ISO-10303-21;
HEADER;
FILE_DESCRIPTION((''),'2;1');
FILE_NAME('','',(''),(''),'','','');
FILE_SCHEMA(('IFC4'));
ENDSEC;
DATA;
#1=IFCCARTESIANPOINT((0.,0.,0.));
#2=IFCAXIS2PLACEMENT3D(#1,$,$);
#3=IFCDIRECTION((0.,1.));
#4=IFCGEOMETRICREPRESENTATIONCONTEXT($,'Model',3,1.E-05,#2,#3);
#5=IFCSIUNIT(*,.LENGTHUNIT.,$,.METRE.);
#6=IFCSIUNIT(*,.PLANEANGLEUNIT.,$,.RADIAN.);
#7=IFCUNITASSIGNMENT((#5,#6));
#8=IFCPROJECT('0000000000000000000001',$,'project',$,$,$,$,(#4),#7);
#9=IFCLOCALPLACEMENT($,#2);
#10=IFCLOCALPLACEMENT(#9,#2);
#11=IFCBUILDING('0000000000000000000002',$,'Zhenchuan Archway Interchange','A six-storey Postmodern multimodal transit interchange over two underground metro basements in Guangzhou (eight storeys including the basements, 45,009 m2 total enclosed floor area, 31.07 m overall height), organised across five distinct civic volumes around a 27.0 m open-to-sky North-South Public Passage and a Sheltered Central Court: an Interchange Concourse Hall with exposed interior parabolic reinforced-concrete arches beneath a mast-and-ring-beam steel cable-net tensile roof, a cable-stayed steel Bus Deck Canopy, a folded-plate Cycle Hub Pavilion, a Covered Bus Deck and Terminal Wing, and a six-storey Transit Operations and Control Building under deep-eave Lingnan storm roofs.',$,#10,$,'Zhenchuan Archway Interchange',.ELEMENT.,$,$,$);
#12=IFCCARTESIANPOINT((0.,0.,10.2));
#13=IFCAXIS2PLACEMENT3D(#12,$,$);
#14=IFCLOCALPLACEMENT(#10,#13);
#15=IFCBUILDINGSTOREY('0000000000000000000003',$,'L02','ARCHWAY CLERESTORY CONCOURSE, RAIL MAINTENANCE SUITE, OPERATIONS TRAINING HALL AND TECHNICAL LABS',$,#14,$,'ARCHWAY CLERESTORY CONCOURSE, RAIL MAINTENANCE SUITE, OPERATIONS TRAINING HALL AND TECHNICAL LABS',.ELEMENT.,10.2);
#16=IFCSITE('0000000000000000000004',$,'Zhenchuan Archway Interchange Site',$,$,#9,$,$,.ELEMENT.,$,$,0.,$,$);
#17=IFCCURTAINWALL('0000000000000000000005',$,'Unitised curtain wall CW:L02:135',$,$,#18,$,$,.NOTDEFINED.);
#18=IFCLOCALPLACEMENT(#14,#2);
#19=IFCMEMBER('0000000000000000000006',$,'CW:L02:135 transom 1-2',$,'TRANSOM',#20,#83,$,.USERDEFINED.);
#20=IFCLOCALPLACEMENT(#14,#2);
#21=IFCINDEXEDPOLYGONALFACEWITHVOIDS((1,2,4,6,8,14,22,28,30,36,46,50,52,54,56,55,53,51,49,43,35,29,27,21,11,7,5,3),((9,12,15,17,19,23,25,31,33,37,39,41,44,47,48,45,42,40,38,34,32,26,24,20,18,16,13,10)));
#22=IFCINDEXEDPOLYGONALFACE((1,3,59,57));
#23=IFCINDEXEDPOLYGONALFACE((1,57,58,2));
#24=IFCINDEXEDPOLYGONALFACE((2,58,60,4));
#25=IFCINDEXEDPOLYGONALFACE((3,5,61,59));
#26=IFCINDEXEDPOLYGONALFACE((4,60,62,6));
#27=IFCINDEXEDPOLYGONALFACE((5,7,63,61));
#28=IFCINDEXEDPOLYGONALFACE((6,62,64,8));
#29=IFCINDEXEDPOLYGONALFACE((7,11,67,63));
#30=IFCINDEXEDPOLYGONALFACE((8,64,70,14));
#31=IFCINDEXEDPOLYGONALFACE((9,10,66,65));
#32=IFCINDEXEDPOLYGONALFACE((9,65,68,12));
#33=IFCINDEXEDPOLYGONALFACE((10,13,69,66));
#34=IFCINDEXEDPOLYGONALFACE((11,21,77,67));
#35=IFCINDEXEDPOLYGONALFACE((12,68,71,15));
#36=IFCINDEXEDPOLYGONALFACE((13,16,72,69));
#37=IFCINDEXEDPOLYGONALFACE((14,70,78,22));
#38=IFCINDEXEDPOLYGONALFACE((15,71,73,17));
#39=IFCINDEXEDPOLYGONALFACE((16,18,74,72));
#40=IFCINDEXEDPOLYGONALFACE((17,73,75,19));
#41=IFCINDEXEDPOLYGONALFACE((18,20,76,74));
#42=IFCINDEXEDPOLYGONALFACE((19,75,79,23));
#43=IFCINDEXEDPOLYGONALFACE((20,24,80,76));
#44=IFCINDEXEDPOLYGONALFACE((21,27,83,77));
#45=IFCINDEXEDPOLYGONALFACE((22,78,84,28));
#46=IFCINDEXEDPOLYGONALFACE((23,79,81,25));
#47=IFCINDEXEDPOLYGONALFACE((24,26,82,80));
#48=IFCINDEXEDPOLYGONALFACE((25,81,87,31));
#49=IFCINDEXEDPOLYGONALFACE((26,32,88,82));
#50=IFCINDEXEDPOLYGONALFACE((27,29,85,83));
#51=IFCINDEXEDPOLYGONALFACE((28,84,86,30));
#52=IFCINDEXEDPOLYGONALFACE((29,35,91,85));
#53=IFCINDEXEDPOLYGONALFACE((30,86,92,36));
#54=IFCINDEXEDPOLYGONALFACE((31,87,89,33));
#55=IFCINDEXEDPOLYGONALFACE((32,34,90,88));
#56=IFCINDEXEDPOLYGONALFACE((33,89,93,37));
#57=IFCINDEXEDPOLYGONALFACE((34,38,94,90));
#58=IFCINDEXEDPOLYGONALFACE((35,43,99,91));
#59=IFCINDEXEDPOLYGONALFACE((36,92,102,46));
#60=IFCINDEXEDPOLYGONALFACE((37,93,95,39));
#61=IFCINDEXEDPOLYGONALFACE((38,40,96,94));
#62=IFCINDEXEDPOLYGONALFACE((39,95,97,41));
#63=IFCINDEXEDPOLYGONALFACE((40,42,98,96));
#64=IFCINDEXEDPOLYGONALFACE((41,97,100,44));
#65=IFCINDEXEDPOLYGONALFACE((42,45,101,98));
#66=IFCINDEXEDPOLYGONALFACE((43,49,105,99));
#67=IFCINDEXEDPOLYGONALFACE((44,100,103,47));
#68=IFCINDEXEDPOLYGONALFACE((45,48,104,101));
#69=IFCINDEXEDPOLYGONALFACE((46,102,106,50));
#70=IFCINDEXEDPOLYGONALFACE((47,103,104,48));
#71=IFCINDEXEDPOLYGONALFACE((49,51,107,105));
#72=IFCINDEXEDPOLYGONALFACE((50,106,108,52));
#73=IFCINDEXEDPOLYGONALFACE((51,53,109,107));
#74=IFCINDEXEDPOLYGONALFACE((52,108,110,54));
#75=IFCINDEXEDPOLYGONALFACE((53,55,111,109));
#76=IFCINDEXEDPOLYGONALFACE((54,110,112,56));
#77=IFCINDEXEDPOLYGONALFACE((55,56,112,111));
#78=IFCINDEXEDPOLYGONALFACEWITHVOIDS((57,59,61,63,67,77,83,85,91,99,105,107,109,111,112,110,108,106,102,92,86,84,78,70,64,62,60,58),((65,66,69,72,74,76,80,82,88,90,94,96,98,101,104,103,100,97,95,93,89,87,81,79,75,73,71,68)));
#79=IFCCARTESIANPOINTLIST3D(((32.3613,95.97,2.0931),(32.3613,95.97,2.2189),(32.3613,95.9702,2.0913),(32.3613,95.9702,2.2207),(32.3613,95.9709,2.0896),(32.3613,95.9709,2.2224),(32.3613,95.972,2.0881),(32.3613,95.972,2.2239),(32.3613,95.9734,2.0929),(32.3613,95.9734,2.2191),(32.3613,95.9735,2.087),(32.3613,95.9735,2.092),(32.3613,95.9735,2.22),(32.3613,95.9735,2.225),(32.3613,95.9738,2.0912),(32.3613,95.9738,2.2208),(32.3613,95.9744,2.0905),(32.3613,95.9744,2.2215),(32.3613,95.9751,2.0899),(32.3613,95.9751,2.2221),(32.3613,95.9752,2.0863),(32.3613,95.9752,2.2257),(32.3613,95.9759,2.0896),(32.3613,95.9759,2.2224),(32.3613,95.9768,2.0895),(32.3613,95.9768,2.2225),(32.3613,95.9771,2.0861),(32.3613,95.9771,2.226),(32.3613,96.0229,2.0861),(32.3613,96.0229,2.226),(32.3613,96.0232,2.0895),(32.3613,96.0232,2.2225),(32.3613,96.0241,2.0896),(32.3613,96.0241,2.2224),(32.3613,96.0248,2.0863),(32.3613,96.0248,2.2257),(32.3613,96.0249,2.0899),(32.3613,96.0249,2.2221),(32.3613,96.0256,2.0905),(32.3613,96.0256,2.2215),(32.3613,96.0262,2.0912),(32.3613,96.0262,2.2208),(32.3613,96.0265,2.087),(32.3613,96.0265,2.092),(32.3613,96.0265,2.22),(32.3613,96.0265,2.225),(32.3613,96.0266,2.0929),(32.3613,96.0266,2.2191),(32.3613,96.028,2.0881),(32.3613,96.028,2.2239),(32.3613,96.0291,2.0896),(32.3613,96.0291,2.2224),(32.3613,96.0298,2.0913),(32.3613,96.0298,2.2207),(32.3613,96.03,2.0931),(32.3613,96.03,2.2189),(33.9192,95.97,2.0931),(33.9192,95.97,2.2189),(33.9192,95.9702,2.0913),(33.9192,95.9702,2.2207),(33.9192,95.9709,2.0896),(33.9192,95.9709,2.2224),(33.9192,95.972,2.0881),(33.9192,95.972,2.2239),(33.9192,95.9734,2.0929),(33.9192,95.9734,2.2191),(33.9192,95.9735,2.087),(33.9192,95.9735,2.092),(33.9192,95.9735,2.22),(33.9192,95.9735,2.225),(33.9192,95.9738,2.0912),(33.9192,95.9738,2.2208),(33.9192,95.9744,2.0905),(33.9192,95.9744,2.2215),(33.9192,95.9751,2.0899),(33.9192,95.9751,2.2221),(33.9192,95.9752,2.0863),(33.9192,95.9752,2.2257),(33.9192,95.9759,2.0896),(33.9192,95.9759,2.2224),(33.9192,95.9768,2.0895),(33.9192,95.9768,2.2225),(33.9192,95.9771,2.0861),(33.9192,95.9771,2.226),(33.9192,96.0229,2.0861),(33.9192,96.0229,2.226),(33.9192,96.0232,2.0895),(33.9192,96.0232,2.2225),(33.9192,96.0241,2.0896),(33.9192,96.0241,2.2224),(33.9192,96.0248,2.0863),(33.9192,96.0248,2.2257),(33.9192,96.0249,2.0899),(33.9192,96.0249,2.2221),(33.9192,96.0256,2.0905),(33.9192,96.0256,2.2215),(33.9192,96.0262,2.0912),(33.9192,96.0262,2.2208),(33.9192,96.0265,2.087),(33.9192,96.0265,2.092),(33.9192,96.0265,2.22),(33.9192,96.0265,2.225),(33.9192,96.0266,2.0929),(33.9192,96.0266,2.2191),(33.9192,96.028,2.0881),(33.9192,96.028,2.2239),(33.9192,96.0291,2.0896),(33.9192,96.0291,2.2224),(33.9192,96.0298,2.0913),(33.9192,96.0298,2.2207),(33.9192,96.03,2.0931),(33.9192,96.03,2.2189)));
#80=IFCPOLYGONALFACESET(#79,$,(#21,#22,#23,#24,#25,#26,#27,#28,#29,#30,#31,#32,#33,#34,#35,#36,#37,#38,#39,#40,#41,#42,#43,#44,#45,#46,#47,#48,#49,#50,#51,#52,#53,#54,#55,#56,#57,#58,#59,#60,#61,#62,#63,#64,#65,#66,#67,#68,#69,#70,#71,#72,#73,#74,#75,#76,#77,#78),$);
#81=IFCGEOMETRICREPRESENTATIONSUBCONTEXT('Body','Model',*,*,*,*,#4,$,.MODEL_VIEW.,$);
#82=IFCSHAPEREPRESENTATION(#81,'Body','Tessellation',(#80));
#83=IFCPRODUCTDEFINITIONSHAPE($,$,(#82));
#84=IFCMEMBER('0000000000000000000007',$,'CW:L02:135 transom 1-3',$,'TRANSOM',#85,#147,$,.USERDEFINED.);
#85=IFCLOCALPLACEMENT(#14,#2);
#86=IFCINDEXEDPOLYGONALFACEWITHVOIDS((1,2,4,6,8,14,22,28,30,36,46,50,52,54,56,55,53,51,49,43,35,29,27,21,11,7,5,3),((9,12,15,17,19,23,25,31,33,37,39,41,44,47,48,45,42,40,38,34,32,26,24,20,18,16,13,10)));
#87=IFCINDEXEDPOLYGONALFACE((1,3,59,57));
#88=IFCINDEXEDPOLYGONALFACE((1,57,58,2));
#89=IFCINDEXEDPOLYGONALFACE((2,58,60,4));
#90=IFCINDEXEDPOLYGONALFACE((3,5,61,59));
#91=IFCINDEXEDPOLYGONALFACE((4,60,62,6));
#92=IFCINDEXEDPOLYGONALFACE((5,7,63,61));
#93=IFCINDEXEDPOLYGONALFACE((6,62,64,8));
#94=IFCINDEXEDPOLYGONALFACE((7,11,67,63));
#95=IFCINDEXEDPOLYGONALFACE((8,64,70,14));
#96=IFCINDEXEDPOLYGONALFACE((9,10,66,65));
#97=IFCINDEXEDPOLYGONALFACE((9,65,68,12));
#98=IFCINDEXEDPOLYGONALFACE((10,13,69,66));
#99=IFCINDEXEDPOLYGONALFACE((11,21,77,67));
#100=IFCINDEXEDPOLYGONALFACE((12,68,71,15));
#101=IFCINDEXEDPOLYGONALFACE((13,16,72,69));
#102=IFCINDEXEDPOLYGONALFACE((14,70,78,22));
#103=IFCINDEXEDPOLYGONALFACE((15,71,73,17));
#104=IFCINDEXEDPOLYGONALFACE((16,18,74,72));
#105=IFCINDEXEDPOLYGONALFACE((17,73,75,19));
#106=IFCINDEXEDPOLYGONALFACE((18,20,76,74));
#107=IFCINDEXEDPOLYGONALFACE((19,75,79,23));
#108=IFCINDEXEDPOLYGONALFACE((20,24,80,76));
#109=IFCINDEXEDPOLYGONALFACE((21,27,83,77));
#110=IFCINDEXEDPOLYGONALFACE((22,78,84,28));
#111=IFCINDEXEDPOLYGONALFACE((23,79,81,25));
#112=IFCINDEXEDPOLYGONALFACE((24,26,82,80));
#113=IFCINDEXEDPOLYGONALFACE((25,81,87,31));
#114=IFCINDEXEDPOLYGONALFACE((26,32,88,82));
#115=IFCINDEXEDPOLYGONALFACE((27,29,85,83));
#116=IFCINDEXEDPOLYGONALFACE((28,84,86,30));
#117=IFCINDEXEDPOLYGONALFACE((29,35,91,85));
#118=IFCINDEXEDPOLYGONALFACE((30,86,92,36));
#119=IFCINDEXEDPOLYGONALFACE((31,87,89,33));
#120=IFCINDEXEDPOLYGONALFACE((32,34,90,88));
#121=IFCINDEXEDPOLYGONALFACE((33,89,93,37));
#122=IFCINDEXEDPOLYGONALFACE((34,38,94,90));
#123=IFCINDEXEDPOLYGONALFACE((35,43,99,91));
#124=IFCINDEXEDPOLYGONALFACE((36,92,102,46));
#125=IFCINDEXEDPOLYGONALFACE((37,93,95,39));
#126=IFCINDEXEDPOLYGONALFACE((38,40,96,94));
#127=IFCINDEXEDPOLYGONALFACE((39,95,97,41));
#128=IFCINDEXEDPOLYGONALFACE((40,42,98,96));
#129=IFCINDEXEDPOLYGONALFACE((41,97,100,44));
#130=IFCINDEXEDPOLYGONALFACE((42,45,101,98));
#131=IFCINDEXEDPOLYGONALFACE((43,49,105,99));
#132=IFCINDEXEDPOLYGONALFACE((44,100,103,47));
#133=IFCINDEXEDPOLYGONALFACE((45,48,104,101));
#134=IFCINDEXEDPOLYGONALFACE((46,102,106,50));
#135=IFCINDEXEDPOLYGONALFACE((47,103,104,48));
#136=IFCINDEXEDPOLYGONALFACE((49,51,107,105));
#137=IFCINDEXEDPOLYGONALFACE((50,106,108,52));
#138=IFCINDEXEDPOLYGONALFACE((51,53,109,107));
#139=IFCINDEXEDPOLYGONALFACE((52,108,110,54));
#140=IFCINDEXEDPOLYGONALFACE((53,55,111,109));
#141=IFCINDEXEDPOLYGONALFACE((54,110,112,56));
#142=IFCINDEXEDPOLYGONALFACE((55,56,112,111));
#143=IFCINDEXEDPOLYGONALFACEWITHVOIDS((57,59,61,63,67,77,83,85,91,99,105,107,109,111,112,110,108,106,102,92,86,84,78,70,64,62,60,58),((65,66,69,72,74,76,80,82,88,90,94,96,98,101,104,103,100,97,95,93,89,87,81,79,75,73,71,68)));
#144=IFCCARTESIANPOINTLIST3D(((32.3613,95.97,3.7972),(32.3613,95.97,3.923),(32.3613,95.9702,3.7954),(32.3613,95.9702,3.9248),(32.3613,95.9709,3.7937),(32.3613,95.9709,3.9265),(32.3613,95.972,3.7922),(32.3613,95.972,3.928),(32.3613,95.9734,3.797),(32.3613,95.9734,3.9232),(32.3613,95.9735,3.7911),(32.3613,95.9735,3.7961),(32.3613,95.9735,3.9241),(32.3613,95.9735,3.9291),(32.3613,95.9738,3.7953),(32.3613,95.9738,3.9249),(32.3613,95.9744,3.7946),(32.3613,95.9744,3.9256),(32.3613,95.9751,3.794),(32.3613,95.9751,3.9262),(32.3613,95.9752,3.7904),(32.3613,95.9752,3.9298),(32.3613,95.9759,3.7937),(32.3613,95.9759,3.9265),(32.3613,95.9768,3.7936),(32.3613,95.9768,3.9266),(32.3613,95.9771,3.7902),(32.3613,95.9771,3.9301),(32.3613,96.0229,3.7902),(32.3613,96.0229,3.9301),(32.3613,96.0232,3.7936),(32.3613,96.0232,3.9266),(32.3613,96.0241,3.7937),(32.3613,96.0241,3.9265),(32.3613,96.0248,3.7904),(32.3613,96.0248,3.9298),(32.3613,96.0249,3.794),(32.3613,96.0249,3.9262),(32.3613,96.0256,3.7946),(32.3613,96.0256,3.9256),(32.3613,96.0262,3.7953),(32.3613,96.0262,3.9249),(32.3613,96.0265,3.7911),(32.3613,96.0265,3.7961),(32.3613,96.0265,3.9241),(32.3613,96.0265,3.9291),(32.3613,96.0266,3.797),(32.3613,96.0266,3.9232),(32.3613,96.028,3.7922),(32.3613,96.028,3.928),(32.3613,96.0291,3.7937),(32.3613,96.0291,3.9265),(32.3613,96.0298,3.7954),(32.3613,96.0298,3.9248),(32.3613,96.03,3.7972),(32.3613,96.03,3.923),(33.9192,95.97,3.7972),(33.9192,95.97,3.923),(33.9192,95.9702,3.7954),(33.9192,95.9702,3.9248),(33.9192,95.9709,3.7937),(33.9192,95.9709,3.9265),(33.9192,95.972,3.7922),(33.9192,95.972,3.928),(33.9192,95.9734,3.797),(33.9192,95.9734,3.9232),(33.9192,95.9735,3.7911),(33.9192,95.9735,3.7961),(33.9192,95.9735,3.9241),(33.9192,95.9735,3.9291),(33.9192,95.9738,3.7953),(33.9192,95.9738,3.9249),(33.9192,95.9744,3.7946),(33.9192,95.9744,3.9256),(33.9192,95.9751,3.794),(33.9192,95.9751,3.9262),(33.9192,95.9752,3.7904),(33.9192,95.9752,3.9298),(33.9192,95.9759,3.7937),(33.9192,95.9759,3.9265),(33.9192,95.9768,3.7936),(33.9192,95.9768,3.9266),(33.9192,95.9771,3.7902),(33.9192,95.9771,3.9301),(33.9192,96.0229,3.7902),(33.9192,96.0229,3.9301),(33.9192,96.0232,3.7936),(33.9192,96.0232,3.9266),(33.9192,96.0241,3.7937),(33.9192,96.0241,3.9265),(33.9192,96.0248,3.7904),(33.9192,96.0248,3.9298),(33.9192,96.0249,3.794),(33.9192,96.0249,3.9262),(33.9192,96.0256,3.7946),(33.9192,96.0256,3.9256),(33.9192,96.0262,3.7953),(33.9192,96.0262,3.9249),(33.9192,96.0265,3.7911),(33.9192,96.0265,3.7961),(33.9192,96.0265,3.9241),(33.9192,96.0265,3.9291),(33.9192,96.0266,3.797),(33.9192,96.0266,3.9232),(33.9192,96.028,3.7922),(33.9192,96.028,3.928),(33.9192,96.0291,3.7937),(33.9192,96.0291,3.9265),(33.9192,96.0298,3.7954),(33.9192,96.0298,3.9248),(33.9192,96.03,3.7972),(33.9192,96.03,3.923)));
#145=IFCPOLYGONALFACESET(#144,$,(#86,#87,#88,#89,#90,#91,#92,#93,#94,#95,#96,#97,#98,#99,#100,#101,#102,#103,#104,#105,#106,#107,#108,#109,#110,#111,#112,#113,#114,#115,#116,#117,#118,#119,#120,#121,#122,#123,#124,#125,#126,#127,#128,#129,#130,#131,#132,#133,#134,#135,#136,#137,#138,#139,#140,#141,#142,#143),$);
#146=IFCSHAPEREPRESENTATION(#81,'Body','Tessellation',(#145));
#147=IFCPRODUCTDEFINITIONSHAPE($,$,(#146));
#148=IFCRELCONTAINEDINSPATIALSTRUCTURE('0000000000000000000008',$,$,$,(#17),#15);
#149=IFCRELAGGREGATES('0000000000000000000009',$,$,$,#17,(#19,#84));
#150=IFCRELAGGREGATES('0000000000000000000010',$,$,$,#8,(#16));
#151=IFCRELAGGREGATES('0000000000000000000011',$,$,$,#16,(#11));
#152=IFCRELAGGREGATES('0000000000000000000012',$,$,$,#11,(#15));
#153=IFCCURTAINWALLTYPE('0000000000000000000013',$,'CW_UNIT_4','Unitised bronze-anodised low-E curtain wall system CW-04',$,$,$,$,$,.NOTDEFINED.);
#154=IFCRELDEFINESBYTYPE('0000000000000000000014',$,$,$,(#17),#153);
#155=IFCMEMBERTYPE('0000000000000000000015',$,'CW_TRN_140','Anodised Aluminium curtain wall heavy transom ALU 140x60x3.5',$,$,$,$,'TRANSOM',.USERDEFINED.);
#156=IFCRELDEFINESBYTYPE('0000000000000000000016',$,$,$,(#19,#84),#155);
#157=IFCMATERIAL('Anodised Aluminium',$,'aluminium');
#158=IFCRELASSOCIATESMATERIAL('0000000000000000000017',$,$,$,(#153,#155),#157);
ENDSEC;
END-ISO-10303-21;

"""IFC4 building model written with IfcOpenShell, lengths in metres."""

from ifc_helpers import new_model, si_unit, direction, frame, origin, origin_2d, place, context, subcontext, project, spatial, hollow_rectangle, extrude, material, material_profile, profile_set, type_object, element, aggregate, save


model = new_model("IFC4")

# Units and contexts
model_context = context("Model", 3, precision=1e-05, world=origin(), true_north=direction((0.0, 1.0)))
body_context = subcontext(model_context, "Body", "Model", "MODEL_VIEW")
ifc_project = project(units=[si_unit("LENGTHUNIT", "METRE"), si_unit("PLANEANGLEUNIT", "RADIAN")], contexts=[model_context])

# Site, building, storey
site_placement = place(None, origin())
site = spatial("IfcSite", under=ifc_project, at=site_placement, Name="Zhenchuan Archway Interchange Site", CompositionType="ELEMENT", RefElevation=0.0)
building_placement = place(site_placement, origin())
building = spatial("IfcBuilding", under=site, at=building_placement, Name="Zhenchuan Archway Interchange", Description="A six-storey Postmodern multimodal transit interchange over two underground metro basements in Guangzhou (eight storeys including the basements, 45,009 m2 total enclosed floor area, 31.07 m overall height), organised across five distinct civic volumes around a 27.0 m open-to-sky North-South Public Passage and a Sheltered Central Court: an Interchange Concourse Hall with exposed interior parabolic reinforced-concrete arches beneath a mast-and-ring-beam steel cable-net tensile roof, a cable-stayed steel Bus Deck Canopy, a folded-plate Cycle Hub Pavilion, a Covered Bus Deck and Terminal Wing, and a six-storey Transit Operations and Control Building under deep-eave Lingnan storm roofs.", LongName="Zhenchuan Archway Interchange", CompositionType="ELEMENT")
storey_placement = place(building_placement, frame((0.0, 0.0, 10.2)))
storey = spatial("IfcBuildingStorey", under=building, at=storey_placement, Name="L02", Description="ARCHWAY CLERESTORY CONCOURSE, RAIL MAINTENANCE SUITE, OPERATIONS TRAINING HALL AND TECHNICAL LABS", LongName="ARCHWAY CLERESTORY CONCOURSE, RAIL MAINTENANCE SUITE, OPERATIONS TRAINING HALL AND TECHNICAL LABS", CompositionType="ELEMENT", Elevation=10.2)

# Curtain wall, members
ifc_material_1 = material(Name="Anodised Aluminium", Category="aluminium")
curtain_wall_type = type_object("IfcCurtainWallType", Name="CW_UNIT_4", Description="Unitised bronze-anodised low-E curtain wall system CW-04", PredefinedType="NOTDEFINED", material=ifc_material_1)
curtain_wall_placement = place(storey_placement, origin())
curtain_wall = element("IfcCurtainWall", 1, at=curtain_wall_placement, inside=storey, type_object=curtain_wall_type, Name="Unitised curtain wall CW:L02:135", PredefinedType="NOTDEFINED")
ifc_material_profile_1 = material_profile(ifc_material_1, hollow_rectangle(XDim=0.0601, YDim=0.1399, WallThickness=0.0034, InnerFilletRadius=0.0034, OuterFilletRadius=0.0071, at=origin_2d()), Name="ALU 140x60x3.5")
ifc_profile_set_1 = profile_set([ifc_material_profile_1], Name="Anodised Aluminium")
member_type_1 = type_object("IfcMemberType", Name="CW_TRN_140", Description="Anodised Aluminium curtain wall heavy transom ALU 140x60x3.5", ElementType="TRANSOM", PredefinedType="USERDEFINED", material=ifc_profile_set_1)
member_1_placement = place(storey_placement, frame((33.9192, 96.0, 2.156), z_axis=(-1.0, 0.0, 0.0), x_axis=(0.0, -1.0, 0.0)))
member_1 = element("IfcMember", 2, at=member_1_placement, type_object=member_type_1, Name="CW:L02:135 transom 1-2", ObjectType="TRANSOM", PredefinedType="USERDEFINED", context=body_context, shape_type="SweptSolid", body=[
    extrude(hollow_rectangle(XDim=0.0601, YDim=0.1399, WallThickness=0.0034, InnerFilletRadius=0.0034, OuterFilletRadius=0.0071, at=origin_2d()), origin(), (0.0, 0.0, 1.0), 1.5579),
])
member_2_placement = place(storey_placement, frame((33.9192, 96.0, 3.8601), z_axis=(-1.0, 0.0, 0.0), x_axis=(0.0, -1.0, 0.0)))
member_2 = element("IfcMember", 3, at=member_2_placement, type_object=member_type_1, Name="CW:L02:135 transom 1-3", ObjectType="TRANSOM", PredefinedType="USERDEFINED", context=body_context, shape_type="SweptSolid", body=[
    extrude(hollow_rectangle(XDim=0.0601, YDim=0.1399, WallThickness=0.0034, InnerFilletRadius=0.0034, OuterFilletRadius=0.0071, at=origin_2d()), origin(), (0.0, 0.0, 1.0), 1.5579),
])
aggregate(curtain_wall, [member_1, member_2])

save(model, "model.ifc")
